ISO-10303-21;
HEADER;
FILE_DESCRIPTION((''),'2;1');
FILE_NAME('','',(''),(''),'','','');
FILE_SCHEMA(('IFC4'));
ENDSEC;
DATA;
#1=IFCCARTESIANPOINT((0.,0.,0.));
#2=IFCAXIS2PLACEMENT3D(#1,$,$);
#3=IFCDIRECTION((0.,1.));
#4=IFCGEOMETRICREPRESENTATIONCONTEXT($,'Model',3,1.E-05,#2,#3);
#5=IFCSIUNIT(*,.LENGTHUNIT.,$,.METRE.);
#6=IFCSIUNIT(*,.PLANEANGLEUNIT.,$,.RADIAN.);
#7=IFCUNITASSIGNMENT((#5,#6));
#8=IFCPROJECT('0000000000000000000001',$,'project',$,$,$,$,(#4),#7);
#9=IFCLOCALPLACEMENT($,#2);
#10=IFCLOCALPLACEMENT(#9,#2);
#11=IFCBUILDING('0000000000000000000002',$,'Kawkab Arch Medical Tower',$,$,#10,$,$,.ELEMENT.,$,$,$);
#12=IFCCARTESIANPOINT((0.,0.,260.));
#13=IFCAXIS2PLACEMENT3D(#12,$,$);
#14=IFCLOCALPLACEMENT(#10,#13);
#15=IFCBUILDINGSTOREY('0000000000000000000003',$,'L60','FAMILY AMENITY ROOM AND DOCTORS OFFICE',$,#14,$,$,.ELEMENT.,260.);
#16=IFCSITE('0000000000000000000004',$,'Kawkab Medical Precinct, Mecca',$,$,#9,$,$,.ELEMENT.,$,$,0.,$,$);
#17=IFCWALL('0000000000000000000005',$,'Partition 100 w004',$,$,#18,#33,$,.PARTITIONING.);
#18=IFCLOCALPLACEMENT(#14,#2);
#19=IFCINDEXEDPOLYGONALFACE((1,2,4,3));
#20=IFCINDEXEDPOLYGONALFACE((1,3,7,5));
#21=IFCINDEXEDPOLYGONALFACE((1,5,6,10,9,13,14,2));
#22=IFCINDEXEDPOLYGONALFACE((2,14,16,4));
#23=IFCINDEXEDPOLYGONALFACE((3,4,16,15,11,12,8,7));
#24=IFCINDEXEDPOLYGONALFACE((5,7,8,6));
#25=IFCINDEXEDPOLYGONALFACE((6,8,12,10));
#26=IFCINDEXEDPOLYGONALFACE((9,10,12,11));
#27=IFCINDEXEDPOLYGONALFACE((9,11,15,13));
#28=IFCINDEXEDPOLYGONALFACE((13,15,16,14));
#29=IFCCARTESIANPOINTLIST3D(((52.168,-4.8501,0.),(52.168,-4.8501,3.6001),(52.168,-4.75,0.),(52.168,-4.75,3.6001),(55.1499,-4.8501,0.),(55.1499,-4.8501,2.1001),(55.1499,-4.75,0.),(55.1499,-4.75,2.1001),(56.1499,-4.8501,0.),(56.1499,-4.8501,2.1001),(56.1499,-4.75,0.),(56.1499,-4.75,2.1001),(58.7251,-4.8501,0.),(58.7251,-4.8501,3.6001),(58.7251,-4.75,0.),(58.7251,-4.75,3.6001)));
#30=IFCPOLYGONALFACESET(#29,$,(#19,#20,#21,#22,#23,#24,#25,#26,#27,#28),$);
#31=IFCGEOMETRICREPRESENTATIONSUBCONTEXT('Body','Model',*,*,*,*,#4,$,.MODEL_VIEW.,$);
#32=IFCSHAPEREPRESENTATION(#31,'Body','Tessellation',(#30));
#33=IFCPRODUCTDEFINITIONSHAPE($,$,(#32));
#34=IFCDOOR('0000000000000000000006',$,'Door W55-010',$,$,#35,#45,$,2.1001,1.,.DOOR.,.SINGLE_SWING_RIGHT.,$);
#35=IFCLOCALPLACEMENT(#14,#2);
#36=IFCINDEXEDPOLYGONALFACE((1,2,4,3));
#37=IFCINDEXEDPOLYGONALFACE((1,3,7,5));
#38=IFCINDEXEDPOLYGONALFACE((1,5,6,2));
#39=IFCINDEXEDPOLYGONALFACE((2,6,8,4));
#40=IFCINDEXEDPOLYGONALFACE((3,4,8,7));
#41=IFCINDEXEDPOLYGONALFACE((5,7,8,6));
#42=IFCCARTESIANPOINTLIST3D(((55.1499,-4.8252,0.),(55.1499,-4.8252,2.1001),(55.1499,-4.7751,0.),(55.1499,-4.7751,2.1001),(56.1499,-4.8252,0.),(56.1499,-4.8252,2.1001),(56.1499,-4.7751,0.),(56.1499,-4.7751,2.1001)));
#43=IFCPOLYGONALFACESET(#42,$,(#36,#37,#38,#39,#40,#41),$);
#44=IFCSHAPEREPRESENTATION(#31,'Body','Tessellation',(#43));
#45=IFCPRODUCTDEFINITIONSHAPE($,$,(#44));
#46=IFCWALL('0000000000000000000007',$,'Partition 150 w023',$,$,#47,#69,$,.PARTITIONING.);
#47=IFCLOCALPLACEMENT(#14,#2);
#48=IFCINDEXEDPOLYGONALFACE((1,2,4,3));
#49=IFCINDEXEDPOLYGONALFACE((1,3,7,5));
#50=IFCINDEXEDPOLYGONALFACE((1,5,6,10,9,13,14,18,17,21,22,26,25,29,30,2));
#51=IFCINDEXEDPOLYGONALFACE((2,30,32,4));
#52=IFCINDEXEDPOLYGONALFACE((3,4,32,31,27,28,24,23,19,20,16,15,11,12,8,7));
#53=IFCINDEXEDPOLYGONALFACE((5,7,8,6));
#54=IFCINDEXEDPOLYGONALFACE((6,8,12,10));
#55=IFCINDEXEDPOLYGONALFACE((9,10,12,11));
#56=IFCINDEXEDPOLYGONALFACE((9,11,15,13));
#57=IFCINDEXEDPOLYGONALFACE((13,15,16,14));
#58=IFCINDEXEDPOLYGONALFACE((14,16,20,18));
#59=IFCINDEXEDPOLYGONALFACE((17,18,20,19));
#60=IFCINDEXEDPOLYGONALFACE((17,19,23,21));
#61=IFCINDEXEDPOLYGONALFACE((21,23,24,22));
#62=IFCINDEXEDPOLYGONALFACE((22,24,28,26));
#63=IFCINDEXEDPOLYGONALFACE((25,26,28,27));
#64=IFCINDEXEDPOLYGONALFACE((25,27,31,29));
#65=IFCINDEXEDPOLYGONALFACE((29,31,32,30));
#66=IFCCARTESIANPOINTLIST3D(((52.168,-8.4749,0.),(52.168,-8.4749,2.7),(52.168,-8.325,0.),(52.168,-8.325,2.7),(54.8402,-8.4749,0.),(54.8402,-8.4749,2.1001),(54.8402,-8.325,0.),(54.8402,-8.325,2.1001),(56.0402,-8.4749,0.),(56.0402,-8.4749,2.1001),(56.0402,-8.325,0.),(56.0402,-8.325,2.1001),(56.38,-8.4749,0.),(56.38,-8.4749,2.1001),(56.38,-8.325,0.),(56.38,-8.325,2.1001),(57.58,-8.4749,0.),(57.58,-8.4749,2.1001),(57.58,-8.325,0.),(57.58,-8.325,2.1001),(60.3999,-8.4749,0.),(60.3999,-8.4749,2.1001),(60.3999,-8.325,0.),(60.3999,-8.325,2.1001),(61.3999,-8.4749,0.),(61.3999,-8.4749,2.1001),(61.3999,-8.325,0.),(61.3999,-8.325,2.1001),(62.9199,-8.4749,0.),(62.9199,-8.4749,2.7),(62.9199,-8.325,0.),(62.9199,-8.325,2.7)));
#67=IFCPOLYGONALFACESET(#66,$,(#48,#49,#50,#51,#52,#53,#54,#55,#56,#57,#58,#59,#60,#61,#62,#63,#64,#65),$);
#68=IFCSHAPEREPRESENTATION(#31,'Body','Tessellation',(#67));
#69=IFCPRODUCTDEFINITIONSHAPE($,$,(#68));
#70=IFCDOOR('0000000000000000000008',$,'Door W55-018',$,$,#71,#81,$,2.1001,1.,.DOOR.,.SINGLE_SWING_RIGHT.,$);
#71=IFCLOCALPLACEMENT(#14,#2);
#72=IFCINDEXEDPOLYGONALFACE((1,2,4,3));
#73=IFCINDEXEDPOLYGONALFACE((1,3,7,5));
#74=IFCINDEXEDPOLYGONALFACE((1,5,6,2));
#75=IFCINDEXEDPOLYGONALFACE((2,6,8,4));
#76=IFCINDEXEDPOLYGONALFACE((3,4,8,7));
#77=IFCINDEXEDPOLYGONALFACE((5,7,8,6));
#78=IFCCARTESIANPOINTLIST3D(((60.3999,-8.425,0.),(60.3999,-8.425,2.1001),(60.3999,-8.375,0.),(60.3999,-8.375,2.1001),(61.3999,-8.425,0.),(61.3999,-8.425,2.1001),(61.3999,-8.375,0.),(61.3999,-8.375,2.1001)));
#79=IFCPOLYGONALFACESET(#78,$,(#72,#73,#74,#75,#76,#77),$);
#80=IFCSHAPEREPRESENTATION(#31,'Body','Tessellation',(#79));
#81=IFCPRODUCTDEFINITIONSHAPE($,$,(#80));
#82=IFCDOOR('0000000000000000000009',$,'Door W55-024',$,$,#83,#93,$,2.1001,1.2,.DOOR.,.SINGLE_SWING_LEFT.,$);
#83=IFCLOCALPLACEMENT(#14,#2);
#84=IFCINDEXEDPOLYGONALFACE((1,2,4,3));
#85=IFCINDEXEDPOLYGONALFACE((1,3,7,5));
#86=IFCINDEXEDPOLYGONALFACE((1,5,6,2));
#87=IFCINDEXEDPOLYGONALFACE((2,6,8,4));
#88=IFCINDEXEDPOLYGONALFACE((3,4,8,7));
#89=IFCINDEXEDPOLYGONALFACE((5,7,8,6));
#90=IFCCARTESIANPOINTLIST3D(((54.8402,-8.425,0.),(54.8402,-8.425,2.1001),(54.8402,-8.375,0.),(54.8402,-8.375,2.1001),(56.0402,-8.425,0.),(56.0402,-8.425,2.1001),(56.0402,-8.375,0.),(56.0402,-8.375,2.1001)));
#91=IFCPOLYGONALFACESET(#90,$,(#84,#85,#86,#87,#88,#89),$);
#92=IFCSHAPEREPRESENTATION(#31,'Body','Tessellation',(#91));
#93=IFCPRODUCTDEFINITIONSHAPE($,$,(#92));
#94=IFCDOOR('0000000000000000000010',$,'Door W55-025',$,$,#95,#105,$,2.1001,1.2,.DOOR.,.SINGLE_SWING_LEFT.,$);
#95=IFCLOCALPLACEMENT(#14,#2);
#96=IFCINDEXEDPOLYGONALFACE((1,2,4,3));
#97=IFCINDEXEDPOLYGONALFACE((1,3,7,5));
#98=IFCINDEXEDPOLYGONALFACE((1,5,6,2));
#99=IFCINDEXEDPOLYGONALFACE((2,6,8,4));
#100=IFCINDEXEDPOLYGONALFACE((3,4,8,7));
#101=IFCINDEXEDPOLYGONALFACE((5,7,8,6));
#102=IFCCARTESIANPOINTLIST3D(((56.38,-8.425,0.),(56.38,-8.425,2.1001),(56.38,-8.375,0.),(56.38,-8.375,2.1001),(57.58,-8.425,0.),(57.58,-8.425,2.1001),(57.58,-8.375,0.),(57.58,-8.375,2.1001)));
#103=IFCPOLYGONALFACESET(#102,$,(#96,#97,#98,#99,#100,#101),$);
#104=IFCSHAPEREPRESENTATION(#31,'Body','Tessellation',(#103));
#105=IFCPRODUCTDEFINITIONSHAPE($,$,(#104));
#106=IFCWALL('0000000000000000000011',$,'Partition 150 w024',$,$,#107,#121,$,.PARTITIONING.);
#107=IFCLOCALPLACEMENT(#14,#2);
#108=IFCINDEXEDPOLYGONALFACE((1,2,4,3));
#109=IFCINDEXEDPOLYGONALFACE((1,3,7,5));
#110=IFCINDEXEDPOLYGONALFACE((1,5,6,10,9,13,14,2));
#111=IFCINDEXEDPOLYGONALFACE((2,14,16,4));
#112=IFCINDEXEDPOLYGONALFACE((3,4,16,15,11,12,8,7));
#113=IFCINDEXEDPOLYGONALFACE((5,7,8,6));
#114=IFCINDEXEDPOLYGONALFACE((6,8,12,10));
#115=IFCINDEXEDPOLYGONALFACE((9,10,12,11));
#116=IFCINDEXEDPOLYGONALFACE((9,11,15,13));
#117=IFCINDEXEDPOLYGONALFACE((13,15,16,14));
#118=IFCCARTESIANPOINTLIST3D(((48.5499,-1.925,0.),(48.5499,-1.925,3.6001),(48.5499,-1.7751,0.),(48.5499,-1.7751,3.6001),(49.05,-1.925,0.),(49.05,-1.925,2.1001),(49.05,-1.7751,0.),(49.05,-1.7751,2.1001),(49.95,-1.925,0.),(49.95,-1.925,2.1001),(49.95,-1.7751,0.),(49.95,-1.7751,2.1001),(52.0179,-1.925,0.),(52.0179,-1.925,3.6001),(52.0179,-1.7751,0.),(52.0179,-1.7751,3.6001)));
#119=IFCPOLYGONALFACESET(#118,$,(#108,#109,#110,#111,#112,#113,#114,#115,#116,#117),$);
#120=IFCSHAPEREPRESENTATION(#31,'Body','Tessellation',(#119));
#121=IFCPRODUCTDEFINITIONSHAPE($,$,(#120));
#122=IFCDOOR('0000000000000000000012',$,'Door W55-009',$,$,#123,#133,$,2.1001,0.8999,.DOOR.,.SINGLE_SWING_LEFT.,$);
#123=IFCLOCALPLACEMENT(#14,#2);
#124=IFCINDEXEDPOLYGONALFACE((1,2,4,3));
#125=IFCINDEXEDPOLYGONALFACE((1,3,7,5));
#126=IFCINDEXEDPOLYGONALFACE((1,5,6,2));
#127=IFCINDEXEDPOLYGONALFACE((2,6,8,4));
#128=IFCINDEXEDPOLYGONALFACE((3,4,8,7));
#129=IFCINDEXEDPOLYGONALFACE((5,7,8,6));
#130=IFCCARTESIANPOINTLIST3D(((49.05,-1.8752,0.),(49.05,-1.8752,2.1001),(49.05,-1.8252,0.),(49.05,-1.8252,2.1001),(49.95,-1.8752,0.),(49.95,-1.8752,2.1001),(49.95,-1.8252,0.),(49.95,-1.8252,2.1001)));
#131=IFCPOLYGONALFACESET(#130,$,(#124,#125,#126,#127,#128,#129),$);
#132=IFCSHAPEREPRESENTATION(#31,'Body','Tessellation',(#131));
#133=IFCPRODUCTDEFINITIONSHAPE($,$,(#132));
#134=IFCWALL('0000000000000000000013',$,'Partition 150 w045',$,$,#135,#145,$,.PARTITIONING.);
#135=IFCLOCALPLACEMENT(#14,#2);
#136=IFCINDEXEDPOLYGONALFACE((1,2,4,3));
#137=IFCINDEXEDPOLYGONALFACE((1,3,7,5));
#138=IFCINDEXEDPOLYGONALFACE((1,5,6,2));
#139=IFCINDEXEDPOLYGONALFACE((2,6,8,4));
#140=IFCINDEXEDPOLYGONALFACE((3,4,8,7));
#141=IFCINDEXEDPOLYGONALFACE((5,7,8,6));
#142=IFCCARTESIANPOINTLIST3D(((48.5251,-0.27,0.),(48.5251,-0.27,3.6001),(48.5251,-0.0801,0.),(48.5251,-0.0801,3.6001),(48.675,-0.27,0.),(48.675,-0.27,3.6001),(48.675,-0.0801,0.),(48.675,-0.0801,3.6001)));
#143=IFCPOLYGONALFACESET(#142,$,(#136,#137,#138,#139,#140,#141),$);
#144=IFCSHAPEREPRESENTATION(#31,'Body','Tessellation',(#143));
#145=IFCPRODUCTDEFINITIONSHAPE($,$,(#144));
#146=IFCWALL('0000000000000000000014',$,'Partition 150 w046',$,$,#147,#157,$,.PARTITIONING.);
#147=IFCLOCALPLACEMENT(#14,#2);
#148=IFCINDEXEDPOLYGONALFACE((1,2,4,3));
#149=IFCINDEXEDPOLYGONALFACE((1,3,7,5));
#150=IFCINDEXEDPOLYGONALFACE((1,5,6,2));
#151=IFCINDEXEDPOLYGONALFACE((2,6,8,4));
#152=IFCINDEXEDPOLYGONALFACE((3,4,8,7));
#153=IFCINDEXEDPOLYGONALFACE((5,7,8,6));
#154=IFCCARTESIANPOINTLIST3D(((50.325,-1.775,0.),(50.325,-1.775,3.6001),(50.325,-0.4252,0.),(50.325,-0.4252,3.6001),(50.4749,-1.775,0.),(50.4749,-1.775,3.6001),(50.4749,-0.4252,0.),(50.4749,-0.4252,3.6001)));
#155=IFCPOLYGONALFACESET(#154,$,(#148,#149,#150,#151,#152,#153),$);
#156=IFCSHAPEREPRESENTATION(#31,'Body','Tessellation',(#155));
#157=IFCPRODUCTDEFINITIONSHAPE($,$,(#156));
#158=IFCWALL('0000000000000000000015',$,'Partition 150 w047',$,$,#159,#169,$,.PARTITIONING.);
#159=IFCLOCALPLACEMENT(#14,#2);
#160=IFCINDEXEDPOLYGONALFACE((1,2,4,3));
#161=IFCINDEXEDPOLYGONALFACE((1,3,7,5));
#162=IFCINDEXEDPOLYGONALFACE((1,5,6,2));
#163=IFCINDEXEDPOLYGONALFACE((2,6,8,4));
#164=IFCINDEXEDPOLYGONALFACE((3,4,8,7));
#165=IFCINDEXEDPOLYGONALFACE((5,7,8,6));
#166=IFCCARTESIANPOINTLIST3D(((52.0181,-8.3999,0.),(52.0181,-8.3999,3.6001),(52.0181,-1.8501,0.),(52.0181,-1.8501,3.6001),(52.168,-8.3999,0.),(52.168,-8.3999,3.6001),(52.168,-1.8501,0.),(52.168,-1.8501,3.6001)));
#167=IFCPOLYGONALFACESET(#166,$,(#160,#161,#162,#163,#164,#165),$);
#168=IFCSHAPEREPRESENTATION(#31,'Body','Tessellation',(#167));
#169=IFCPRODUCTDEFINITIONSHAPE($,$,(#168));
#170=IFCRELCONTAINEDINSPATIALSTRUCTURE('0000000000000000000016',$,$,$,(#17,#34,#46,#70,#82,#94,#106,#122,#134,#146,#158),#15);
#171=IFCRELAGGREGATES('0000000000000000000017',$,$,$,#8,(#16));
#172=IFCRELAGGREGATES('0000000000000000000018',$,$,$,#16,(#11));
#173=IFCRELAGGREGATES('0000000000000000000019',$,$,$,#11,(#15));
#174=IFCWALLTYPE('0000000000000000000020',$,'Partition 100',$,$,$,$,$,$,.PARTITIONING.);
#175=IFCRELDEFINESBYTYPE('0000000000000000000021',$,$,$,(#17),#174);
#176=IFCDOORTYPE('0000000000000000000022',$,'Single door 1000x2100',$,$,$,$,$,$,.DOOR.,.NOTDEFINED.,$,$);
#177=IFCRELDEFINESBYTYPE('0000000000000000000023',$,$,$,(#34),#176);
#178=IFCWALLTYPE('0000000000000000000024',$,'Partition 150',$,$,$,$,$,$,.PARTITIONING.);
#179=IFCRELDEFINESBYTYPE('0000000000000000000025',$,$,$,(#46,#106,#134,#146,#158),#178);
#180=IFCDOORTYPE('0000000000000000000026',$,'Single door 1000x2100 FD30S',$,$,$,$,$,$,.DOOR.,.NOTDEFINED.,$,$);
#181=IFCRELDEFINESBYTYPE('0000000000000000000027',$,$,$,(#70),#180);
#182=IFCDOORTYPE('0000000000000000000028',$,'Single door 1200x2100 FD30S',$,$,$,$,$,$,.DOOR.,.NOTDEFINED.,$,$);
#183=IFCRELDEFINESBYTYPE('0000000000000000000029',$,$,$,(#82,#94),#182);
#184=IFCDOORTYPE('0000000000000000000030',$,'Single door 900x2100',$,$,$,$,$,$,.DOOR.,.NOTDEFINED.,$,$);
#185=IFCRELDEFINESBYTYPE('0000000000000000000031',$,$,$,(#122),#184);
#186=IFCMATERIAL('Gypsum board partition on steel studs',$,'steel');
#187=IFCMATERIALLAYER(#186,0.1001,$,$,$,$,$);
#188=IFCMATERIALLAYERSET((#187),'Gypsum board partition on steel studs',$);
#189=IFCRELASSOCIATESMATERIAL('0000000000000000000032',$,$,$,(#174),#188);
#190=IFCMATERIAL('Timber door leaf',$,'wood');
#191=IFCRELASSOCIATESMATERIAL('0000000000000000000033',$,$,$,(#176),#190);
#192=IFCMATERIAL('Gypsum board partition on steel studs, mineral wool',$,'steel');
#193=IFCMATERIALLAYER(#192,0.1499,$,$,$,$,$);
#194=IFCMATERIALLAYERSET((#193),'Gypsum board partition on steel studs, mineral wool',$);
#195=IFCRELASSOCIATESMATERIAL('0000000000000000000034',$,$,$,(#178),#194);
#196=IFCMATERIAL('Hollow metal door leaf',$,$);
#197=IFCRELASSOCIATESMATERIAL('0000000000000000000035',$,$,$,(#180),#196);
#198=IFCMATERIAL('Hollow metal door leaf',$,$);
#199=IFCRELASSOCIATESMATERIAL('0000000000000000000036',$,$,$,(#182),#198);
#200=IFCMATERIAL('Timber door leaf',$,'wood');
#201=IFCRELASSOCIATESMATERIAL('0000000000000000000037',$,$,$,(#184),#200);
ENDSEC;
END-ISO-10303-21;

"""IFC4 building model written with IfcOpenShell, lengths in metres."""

from ifc_helpers import new_model, si_unit, direction, frame, frame_2d, origin, place, context, subcontext, project, spatial, rectangle, extrude, material, layer, layer_set, type_object, element, fill, save


model = new_model("IFC4")

# Units and contexts
model_context = context("Model", 3, precision=1e-05, world=origin(), true_north=direction((0.0, 1.0)))
body_context = subcontext(model_context, "Body", "Model", "MODEL_VIEW")
ifc_project = project(units=[si_unit("LENGTHUNIT", "METRE"), si_unit("PLANEANGLEUNIT", "RADIAN")], contexts=[model_context])

# Site, building, storey
site_placement = place(None, origin())
site = spatial("IfcSite", under=ifc_project, at=site_placement, Name="Kawkab Medical Precinct, Mecca", CompositionType="ELEMENT", RefElevation=0.0)
building_placement = place(site_placement, origin())
building = spatial("IfcBuilding", under=site, at=building_placement, Name="Kawkab Arch Medical Tower", CompositionType="ELEMENT")
storey_placement = place(building_placement, frame((0.0, 0.0, 260.0)))
storey = spatial("IfcBuildingStorey", under=building, at=storey_placement, Name="L60", Description="FAMILY AMENITY ROOM AND DOCTORS OFFICE", CompositionType="ELEMENT", Elevation=260.0)

# Wall, opening, door
ifc_material_1 = material(Name="Gypsum board partition on steel studs", Category="steel")
ifc_layer_1 = layer(ifc_material_1, 0.1001)
ifc_layer_set_1 = layer_set([ifc_layer_1], Name="Gypsum board partition on steel studs")
wall_type_1 = type_object("IfcWallType", Name="Partition 100", PredefinedType="PARTITIONING", material=ifc_layer_set_1)
wall_1_placement = place(storey_placement, frame((52.168, -4.8, 0.0), z_axis=(0.0, 0.0, 1.0), x_axis=(1.0, 0.0, 0.0)))
wall_1 = element("IfcWall", 1, at=wall_1_placement, inside=storey, type_object=wall_type_1, Name="Partition 100 w004", PredefinedType="PARTITIONING", context=body_context, shape_type="SweptSolid", body=[
    extrude(rectangle(XDim=6.5571, YDim=0.1001, at=frame_2d((3.2786, 0.0))), origin(), (0.0, 0.0, 1.0), 3.6001),
])
opening_1_placement = place(wall_1_placement, frame((2.9819, 0.0, 0.0)))
opening_1 = element("IfcOpeningElement", 2, at=opening_1_placement, cuts=wall_1, PredefinedType="OPENING", context=body_context, shape_type="SweptSolid", body=[
    extrude(rectangle(XDim=1.0, YDim=2.1001, at=frame_2d((0.5, 1.05))), frame((0.0, 0.0601, 0.0), z_axis=(0.0, -1.0, 0.0), x_axis=(1.0, 0.0, 0.0)), (0.0, 0.0, 1.0), 0.1201),
])
ifc_material_2 = material(Name="Timber door leaf", Category="wood")
door_type_1 = type_object("IfcDoorType", Name="Single door 1000x2100", OperationType="NOTDEFINED", PredefinedType="DOOR", material=ifc_material_2)
door_1_placement = place(opening_1_placement, origin())
door_1 = element("IfcDoor", 3, at=door_1_placement, inside=storey, type_object=door_type_1, Name="Door W55-010", OperationType="SINGLE_SWING_RIGHT", OverallHeight=2.1001, OverallWidth=1.0, PredefinedType="DOOR", context=body_context, shape_type="SweptSolid", body=[
    extrude(rectangle(XDim=1.0, YDim=2.1001, at=frame_2d((0.5, 1.05))), frame((0.0, 0.0249, 0.0), z_axis=(0.0, -1.0, 0.0), x_axis=(1.0, 0.0, 0.0)), (0.0, 0.0, 1.0), 0.05),
])
fill(opening_1, door_1)

# Wall, openings, doors
ifc_material_3 = material(Name="Gypsum board partition on steel studs, mineral wool", Category="steel")
ifc_layer_2 = layer(ifc_material_3, 0.1499)
ifc_layer_set_2 = layer_set([ifc_layer_2], Name="Gypsum board partition on steel studs, mineral wool")
wall_type_2 = type_object("IfcWallType", Name="Partition 150", PredefinedType="PARTITIONING", material=ifc_layer_set_2)
wall_2_placement = place(storey_placement, frame((52.168, -8.3999, 0.0), z_axis=(0.0, 0.0, 1.0), x_axis=(1.0, 0.0, 0.0)))
wall_2 = element("IfcWall", 4, at=wall_2_placement, inside=storey, type_object=wall_type_2, Name="Partition 150 w023", PredefinedType="PARTITIONING", context=body_context, shape_type="SweptSolid", body=[
    extrude(rectangle(XDim=10.752, YDim=0.1499, at=frame_2d((5.376, 0.0))), origin(), (0.0, 0.0, 1.0), 2.7),
])
opening_2_placement = place(wall_2_placement, frame((2.6721, 0.0, 0.0)))
opening_2 = element("IfcOpeningElement", 5, at=opening_2_placement, cuts=wall_2, PredefinedType="OPENING", context=body_context, shape_type="SweptSolid", body=[
    extrude(rectangle(XDim=1.2, YDim=2.1001, at=frame_2d((0.6001, 1.05))), frame((0.0, 0.085, 0.0), z_axis=(0.0, -1.0, 0.0), x_axis=(1.0, 0.0, 0.0)), (0.0, 0.0, 1.0), 0.1699),
])
opening_3_placement = place(wall_2_placement, frame((4.2119, 0.0, 0.0)))
opening_3 = element("IfcOpeningElement", 6, at=opening_3_placement, cuts=wall_2, PredefinedType="OPENING", context=body_context, shape_type="SweptSolid", body=[
    extrude(rectangle(XDim=1.2, YDim=2.1001, at=frame_2d((0.6001, 1.05))), frame((0.0, 0.085, 0.0), z_axis=(0.0, -1.0, 0.0), x_axis=(1.0, 0.0, 0.0)), (0.0, 0.0, 1.0), 0.1699),
])
opening_4_placement = place(wall_2_placement, frame((8.2319, 0.0, 0.0)))
opening_4 = element("IfcOpeningElement", 7, at=opening_4_placement, cuts=wall_2, PredefinedType="OPENING", context=body_context, shape_type="SweptSolid", body=[
    extrude(rectangle(XDim=1.0, YDim=2.1001, at=frame_2d((0.5, 1.05))), frame((0.0, 0.085, 0.0), z_axis=(0.0, -1.0, 0.0), x_axis=(1.0, 0.0, 0.0)), (0.0, 0.0, 1.0), 0.1699),
])
ifc_material_4 = material(Name="Hollow metal door leaf")
door_type_2 = type_object("IfcDoorType", Name="Single door 1000x2100 FD30S", OperationType="NOTDEFINED", PredefinedType="DOOR", material=ifc_material_4)
door_2_placement = place(opening_4_placement, origin())
door_2 = element("IfcDoor", 8, at=door_2_placement, inside=storey, type_object=door_type_2, Name="Door W55-018", OperationType="SINGLE_SWING_RIGHT", OverallHeight=2.1001, OverallWidth=1.0, PredefinedType="DOOR", context=body_context, shape_type="SweptSolid", body=[
    extrude(rectangle(XDim=1.0, YDim=2.1001, at=frame_2d((0.5, 1.05))), frame((0.0, 0.0249, 0.0), z_axis=(0.0, -1.0, 0.0), x_axis=(1.0, 0.0, 0.0)), (0.0, 0.0, 1.0), 0.05),
])
fill(opening_4, door_2)
ifc_material_5 = material(Name="Hollow metal door leaf")
door_type_3 = type_object("IfcDoorType", Name="Single door 1200x2100 FD30S", OperationType="NOTDEFINED", PredefinedType="DOOR", material=ifc_material_5)
door_3_placement = place(opening_2_placement, origin())
door_3 = element("IfcDoor", 9, at=door_3_placement, inside=storey, type_object=door_type_3, Name="Door W55-024", OperationType="SINGLE_SWING_LEFT", OverallHeight=2.1001, OverallWidth=1.2, PredefinedType="DOOR", context=body_context, shape_type="SweptSolid", body=[
    extrude(rectangle(XDim=1.2, YDim=2.1001, at=frame_2d((0.6001, 1.05))), frame((0.0, 0.0249, 0.0), z_axis=(0.0, -1.0, 0.0), x_axis=(1.0, 0.0, 0.0)), (0.0, 0.0, 1.0), 0.05),
])
fill(opening_2, door_3)
door_4_placement = place(opening_3_placement, origin())
door_4 = element("IfcDoor", 10, at=door_4_placement, inside=storey, type_object=door_type_3, Name="Door W55-025", OperationType="SINGLE_SWING_LEFT", OverallHeight=2.1001, OverallWidth=1.2, PredefinedType="DOOR", context=body_context, shape_type="SweptSolid", body=[
    extrude(rectangle(XDim=1.2, YDim=2.1001, at=frame_2d((0.6001, 1.05))), frame((0.0, 0.0249, 0.0), z_axis=(0.0, -1.0, 0.0), x_axis=(1.0, 0.0, 0.0)), (0.0, 0.0, 1.0), 0.05),
])
fill(opening_3, door_4)

# Wall, opening, door
wall_3_placement = place(storey_placement, frame((48.55, -1.8501, 0.0), z_axis=(0.0, 0.0, 1.0), x_axis=(1.0, 0.0, 0.0)))
wall_3 = element("IfcWall", 11, at=wall_3_placement, inside=storey, type_object=wall_type_2, Name="Partition 150 w024", PredefinedType="PARTITIONING", context=body_context, shape_type="SweptSolid", body=[
    extrude(rectangle(XDim=3.468, YDim=0.1499, at=frame_2d((1.7339, 0.0))), origin(), (0.0, 0.0, 1.0), 3.6001),
])
opening_5_placement = place(wall_3_placement, frame((0.5, 0.0, 0.0)))
opening_5 = element("IfcOpeningElement", 12, at=opening_5_placement, cuts=wall_3, PredefinedType="OPENING", context=body_context, shape_type="SweptSolid", body=[
    extrude(rectangle(XDim=0.8999, YDim=2.1001, at=frame_2d((0.45, 1.05))), frame((0.0, 0.085, 0.0), z_axis=(0.0, -1.0, 0.0), x_axis=(1.0, 0.0, 0.0)), (0.0, 0.0, 1.0), 0.1699),
])
ifc_material_6 = material(Name="Timber door leaf", Category="wood")
door_type_4 = type_object("IfcDoorType", Name="Single door 900x2100", OperationType="NOTDEFINED", PredefinedType="DOOR", material=ifc_material_6)
door_5_placement = place(opening_5_placement, origin())
door_5 = element("IfcDoor", 13, at=door_5_placement, inside=storey, type_object=door_type_4, Name="Door W55-009", OperationType="SINGLE_SWING_LEFT", OverallHeight=2.1001, OverallWidth=0.8999, PredefinedType="DOOR", context=body_context, shape_type="SweptSolid", body=[
    extrude(rectangle(XDim=0.8999, YDim=2.1001, at=frame_2d((0.45, 1.05))), frame((0.0, 0.0249, 0.0), z_axis=(0.0, -1.0, 0.0), x_axis=(1.0, 0.0, 0.0)), (0.0, 0.0, 1.0), 0.05),
])
fill(opening_5, door_5)

# Walls
wall_4_placement = place(storey_placement, frame((48.6001, -0.27, 0.0), z_axis=(0.0, 0.0, 1.0), x_axis=(0.0, 1.0, 0.0)))
element("IfcWall", 14, at=wall_4_placement, inside=storey, type_object=wall_type_2, Name="Partition 150 w045", PredefinedType="PARTITIONING", context=body_context, shape_type="SweptSolid", body=[
    extrude(rectangle(XDim=0.1899, YDim=0.1499, at=frame_2d((0.095, 0.0))), origin(), (0.0, 0.0, 1.0), 3.6001),
])
wall_5_placement = place(storey_placement, frame((50.3999, -1.7749, 0.0), z_axis=(0.0, 0.0, 1.0), x_axis=(0.0, 1.0, 0.0)))
element("IfcWall", 15, at=wall_5_placement, inside=storey, type_object=wall_type_2, Name="Partition 150 w046", PredefinedType="PARTITIONING", context=body_context, shape_type="SweptSolid", body=[
    extrude(rectangle(XDim=1.3499, YDim=0.1499, at=frame_2d((0.6748, 0.0))), origin(), (0.0, 0.0, 1.0), 3.6001),
])
wall_6_placement = place(storey_placement, frame((52.093, -8.3999, 0.0), z_axis=(0.0, 0.0, 1.0), x_axis=(0.0, 1.0, 0.0)))
element("IfcWall", 16, at=wall_6_placement, inside=storey, type_object=wall_type_2, Name="Partition 150 w047", PredefinedType="PARTITIONING", context=body_context, shape_type="SweptSolid", body=[
    extrude(rectangle(XDim=6.5498, YDim=0.1499, at=frame_2d((3.2749, 0.0))), origin(), (0.0, 0.0, 1.0), 3.6001),
])

save(model, "model.ifc")
